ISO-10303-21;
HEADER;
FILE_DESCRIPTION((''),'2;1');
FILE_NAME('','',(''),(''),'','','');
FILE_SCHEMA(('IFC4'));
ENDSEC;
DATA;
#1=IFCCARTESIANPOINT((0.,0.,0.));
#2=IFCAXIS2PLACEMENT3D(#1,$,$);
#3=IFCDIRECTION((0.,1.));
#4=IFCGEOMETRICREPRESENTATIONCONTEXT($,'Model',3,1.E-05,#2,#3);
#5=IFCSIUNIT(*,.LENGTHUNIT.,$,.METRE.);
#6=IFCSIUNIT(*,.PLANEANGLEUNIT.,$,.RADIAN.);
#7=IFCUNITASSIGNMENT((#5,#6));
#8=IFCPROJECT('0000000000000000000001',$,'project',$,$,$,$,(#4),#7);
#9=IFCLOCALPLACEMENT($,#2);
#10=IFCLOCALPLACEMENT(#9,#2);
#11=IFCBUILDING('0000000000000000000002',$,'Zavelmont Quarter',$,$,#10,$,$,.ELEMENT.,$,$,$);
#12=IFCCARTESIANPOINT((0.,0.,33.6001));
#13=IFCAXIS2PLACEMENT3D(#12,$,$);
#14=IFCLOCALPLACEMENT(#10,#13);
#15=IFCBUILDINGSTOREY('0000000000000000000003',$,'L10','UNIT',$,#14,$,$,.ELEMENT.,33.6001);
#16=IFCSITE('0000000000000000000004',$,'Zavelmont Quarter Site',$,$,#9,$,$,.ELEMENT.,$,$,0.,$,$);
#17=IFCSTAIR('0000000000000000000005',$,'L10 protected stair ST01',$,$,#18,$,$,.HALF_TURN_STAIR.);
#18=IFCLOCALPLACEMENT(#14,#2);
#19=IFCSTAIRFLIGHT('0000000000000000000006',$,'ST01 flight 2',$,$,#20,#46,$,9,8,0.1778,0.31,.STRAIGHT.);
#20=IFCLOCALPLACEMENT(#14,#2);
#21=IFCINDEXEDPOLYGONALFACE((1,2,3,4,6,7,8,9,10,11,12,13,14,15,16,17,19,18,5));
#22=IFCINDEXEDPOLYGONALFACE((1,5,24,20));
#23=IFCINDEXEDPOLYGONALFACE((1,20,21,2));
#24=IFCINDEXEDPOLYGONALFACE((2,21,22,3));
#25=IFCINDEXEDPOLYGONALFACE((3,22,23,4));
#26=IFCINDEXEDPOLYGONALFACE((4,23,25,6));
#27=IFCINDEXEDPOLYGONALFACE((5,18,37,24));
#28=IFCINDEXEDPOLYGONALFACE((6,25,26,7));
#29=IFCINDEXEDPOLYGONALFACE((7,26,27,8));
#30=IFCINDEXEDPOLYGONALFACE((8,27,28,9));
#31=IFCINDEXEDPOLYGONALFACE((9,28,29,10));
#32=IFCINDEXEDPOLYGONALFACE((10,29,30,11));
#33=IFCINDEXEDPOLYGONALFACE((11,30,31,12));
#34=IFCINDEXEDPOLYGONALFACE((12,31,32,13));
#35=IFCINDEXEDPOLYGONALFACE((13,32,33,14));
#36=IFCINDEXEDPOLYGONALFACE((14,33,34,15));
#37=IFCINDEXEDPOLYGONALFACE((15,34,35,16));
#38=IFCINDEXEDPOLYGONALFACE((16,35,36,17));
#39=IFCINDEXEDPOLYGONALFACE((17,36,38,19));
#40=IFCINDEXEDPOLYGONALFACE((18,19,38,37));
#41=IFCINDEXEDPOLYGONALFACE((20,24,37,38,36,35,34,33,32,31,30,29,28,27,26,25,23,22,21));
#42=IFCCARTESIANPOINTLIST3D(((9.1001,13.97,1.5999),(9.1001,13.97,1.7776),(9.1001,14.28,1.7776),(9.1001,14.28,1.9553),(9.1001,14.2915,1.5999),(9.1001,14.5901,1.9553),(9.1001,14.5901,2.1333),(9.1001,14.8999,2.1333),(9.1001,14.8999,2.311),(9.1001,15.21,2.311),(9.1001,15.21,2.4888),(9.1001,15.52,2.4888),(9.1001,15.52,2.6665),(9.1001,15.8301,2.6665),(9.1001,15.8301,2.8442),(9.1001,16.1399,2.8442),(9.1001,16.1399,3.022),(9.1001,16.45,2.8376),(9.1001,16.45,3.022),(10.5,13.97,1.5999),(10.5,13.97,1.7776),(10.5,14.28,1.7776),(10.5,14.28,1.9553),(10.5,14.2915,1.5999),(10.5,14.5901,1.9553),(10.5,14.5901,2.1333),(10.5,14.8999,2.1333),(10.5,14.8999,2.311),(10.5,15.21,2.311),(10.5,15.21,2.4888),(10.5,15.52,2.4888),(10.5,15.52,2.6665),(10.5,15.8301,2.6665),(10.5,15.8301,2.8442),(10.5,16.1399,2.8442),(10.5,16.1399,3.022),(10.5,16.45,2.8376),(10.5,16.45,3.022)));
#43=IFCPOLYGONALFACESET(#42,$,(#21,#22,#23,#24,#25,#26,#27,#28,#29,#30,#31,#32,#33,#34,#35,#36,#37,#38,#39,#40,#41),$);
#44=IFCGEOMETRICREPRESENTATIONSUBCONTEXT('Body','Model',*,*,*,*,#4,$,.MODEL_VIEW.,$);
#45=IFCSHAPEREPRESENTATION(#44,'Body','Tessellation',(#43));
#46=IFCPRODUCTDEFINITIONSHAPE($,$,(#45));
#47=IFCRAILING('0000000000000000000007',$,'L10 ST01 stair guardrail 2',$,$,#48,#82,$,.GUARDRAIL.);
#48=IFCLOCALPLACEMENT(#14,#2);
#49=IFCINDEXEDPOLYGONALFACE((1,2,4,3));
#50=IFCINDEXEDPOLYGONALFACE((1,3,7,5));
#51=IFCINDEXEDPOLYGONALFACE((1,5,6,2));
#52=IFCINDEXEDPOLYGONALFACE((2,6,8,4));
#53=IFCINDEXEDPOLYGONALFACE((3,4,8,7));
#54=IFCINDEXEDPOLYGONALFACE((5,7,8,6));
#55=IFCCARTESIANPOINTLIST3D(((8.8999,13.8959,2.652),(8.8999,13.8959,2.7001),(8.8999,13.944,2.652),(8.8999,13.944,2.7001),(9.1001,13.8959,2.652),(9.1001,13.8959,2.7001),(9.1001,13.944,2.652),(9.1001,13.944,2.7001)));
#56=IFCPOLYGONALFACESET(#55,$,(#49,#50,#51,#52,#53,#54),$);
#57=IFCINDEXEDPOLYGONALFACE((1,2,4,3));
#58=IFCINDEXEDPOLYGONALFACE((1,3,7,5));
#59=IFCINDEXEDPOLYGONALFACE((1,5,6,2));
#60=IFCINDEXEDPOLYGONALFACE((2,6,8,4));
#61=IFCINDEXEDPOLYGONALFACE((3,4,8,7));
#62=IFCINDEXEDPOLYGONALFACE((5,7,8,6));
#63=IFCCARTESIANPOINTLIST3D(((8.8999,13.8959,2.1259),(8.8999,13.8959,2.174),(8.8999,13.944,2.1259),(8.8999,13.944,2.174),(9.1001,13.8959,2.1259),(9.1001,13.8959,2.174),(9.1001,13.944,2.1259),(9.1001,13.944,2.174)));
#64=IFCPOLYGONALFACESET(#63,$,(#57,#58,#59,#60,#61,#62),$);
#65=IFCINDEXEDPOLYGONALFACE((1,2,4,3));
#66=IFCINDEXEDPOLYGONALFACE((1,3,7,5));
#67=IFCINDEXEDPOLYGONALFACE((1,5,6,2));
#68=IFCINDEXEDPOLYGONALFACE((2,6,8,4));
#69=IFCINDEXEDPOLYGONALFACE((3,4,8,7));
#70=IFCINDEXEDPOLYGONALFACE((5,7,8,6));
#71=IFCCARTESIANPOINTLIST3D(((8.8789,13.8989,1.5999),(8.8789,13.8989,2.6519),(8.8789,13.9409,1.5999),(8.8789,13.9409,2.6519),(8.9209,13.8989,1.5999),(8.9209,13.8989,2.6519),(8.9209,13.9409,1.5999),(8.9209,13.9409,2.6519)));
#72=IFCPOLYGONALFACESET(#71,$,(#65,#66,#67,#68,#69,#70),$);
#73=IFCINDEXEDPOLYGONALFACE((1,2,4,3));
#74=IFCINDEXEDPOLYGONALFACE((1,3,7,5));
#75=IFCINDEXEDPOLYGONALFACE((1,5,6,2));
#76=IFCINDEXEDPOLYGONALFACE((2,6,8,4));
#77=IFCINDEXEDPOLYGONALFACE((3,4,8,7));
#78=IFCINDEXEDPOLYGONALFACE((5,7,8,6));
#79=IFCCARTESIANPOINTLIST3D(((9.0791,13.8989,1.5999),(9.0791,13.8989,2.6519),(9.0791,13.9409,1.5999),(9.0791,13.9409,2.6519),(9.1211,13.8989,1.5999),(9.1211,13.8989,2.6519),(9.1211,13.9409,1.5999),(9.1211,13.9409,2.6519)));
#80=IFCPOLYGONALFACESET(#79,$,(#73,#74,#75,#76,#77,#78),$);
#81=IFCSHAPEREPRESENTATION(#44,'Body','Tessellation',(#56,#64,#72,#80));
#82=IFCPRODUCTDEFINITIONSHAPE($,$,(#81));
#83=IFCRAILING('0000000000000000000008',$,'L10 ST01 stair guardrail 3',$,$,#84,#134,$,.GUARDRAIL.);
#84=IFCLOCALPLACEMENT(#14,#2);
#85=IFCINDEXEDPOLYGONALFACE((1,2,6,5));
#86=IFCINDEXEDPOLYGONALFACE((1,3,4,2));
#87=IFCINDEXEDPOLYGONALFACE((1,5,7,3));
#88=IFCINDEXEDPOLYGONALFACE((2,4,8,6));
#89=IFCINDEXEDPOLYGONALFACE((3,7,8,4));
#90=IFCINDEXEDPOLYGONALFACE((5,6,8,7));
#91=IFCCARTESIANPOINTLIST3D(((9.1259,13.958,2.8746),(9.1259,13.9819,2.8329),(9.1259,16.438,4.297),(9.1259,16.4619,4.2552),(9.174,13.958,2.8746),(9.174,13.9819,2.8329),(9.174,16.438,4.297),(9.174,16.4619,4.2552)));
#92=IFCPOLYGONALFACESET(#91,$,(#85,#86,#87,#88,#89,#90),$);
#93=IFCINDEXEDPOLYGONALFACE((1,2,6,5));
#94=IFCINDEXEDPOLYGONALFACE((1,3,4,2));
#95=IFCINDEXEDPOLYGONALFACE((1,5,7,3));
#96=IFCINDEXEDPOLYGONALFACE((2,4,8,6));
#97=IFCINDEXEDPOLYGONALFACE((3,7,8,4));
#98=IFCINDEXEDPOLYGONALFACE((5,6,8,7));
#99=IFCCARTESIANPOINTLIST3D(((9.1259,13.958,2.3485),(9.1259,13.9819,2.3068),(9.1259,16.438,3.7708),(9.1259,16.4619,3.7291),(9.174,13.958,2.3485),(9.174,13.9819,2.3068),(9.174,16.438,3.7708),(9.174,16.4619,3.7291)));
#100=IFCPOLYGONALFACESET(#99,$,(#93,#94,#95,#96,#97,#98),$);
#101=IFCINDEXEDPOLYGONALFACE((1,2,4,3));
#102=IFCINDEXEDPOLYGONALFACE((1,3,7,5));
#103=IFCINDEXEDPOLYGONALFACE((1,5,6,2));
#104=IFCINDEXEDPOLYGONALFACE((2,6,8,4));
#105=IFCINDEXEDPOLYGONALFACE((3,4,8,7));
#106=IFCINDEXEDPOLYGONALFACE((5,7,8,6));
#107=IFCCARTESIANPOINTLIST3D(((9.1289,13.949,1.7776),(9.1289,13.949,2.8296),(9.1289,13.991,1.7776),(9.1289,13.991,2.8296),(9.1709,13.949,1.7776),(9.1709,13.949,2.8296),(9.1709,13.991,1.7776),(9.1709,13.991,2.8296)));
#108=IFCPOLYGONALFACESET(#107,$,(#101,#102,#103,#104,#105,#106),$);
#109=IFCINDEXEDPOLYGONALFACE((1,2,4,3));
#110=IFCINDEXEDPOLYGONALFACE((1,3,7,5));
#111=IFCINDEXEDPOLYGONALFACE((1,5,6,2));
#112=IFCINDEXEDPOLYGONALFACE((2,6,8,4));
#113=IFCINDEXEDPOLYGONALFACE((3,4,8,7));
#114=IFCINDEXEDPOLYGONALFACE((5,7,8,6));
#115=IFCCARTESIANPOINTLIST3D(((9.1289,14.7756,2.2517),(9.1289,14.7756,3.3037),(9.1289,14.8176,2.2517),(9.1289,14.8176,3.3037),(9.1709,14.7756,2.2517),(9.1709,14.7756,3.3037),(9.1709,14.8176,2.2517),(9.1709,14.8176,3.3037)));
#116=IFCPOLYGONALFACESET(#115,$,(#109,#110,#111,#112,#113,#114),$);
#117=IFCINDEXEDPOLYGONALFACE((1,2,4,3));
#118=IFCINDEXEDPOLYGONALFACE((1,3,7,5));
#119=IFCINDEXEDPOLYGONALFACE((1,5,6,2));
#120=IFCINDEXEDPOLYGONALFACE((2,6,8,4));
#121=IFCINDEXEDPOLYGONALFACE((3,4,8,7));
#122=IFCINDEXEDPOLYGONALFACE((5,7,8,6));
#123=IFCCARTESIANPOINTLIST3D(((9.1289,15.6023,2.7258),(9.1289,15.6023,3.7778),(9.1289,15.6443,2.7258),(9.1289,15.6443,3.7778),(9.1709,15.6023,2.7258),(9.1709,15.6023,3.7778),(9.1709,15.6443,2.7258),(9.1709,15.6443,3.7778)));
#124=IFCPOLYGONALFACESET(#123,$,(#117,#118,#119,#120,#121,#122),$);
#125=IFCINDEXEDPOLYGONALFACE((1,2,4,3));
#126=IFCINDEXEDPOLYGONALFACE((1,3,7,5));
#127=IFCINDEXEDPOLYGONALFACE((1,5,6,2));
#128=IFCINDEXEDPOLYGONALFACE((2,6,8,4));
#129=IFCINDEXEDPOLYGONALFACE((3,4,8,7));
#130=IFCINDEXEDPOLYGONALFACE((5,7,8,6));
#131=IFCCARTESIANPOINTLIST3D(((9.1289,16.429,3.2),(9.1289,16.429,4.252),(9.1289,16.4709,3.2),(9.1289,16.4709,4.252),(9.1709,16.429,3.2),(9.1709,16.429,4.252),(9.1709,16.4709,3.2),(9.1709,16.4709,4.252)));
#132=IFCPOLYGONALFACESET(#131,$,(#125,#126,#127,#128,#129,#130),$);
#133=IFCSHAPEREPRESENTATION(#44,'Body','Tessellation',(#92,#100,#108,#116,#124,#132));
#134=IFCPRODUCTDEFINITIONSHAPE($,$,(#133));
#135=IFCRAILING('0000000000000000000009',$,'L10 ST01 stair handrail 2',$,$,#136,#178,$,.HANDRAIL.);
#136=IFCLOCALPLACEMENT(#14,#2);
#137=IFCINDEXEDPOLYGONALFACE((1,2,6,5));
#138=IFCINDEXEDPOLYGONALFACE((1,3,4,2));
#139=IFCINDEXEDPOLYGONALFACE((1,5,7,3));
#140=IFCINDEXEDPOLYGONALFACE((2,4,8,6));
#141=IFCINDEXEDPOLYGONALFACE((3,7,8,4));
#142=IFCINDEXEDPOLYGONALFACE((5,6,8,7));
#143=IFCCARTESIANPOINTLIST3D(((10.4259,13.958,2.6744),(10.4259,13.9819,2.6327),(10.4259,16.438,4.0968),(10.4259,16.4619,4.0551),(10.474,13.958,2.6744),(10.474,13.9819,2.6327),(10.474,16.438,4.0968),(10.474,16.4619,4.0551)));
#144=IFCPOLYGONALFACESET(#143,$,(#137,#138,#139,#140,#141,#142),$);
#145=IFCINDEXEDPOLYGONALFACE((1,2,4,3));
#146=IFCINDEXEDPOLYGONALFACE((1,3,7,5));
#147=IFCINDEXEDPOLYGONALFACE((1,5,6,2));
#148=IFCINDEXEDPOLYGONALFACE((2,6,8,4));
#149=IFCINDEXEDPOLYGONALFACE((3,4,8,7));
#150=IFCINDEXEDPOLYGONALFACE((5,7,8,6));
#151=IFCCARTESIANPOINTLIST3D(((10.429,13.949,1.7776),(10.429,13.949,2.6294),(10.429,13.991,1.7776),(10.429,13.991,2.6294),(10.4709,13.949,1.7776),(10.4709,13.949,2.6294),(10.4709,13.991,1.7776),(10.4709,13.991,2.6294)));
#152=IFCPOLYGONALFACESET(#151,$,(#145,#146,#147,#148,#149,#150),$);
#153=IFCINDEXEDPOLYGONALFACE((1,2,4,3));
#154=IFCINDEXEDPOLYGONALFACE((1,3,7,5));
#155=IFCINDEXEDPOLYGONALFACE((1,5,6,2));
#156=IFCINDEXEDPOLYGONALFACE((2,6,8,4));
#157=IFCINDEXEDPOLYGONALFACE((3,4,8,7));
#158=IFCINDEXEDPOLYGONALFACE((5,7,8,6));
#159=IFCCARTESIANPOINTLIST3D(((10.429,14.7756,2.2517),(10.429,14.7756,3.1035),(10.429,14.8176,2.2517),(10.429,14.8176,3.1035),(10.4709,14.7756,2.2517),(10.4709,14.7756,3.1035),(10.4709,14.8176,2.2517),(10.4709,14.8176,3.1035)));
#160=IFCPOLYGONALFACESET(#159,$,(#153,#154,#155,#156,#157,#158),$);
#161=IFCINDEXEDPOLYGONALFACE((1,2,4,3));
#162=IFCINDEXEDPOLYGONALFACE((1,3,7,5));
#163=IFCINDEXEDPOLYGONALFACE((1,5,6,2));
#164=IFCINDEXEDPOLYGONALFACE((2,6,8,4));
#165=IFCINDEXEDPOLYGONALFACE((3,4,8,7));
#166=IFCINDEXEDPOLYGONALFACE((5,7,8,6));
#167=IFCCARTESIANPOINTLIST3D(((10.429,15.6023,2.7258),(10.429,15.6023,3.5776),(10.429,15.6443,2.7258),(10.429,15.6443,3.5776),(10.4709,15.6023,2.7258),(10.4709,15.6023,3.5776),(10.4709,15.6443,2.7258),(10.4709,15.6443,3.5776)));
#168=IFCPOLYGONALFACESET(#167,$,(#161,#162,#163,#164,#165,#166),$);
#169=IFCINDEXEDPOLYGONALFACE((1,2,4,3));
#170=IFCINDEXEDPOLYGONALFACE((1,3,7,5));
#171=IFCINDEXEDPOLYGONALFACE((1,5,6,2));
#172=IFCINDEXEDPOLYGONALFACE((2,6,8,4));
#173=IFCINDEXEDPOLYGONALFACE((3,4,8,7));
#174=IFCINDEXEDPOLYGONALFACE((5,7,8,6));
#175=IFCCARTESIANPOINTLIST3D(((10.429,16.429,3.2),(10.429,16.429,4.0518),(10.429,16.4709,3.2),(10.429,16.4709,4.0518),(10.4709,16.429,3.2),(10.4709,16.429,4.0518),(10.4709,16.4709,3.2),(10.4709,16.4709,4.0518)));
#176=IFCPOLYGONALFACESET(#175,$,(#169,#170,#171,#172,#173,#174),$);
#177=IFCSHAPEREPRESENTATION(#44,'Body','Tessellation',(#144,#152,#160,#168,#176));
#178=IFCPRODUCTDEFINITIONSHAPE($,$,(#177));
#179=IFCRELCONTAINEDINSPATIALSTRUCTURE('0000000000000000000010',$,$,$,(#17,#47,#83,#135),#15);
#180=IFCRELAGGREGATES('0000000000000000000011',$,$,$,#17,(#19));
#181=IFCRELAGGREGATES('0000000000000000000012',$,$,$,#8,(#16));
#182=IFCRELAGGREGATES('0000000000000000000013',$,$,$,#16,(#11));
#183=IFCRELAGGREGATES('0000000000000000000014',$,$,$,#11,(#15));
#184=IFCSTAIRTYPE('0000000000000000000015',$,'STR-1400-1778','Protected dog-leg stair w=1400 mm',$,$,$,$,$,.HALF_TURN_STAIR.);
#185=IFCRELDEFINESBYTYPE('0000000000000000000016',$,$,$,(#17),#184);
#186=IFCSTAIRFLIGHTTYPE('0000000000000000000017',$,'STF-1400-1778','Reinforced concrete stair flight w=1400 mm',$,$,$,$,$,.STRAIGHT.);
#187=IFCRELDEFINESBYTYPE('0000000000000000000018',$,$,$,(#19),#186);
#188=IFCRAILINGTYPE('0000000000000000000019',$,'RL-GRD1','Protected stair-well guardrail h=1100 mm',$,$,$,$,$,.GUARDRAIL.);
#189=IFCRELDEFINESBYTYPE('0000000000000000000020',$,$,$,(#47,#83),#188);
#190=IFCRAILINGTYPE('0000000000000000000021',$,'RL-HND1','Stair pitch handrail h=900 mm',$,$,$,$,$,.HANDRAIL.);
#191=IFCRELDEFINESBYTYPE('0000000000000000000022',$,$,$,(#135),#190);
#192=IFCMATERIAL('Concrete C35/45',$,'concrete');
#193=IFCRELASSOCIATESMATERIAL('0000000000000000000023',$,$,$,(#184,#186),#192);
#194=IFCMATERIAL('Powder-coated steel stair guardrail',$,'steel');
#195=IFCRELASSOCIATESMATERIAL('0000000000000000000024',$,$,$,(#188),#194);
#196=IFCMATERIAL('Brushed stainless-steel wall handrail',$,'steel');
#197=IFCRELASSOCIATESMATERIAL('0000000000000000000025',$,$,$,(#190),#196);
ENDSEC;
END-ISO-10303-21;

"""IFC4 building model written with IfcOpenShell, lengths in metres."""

from ifc_helpers import new_model, si_unit, direction, frame, origin, origin_2d, place, context, subcontext, project, spatial, polyline, rectangle, outline, extrude, material, type_object, element, aggregate, save


model = new_model("IFC4")

# Units and contexts
model_context = context("Model", 3, precision=1e-05, world=origin(), true_north=direction((0.0, 1.0)))
body_context = subcontext(model_context, "Body", "Model", "MODEL_VIEW")
ifc_project = project(units=[si_unit("LENGTHUNIT", "METRE"), si_unit("PLANEANGLEUNIT", "RADIAN")], contexts=[model_context])

# Site, building, storey
site_placement = place(None, origin())
site = spatial("IfcSite", under=ifc_project, at=site_placement, Name="Zavelmont Quarter Site", CompositionType="ELEMENT", RefElevation=0.0)
building_placement = place(site_placement, origin())
building = spatial("IfcBuilding", under=site, at=building_placement, Name="Zavelmont Quarter", CompositionType="ELEMENT")
storey_placement = place(building_placement, frame((0.0, 0.0, 33.6001)))
storey = spatial("IfcBuildingStorey", under=building, at=storey_placement, Name="L10", Description="UNIT", CompositionType="ELEMENT", Elevation=33.6001)

# Shared definitions
ifc_material_1 = material(Name="Concrete C35/45", Category="concrete")

# Stair, stair flight
stair_type = type_object("IfcStairType", Name="STR-1400-1778", Description="Protected dog-leg stair w=1400 mm", PredefinedType="HALF_TURN_STAIR", material=ifc_material_1)
stair_placement = place(storey_placement, origin())
stair = element("IfcStair", 1, at=stair_placement, inside=storey, type_object=stair_type, Name="L10 protected stair ST01", PredefinedType="HALF_TURN_STAIR")
stair_flight_type = type_object("IfcStairFlightType", Name="STF-1400-1778", Description="Reinforced concrete stair flight w=1400 mm", PredefinedType="STRAIGHT", material=ifc_material_1)
stair_flight_placement = place(storey_placement, frame((9.8, 13.97, 1.5999), z_axis=(0.0, 0.0, 1.0), x_axis=(0.0, 1.0, 0.0)))
stair_flight = element("IfcStairFlight", 2, at=stair_flight_placement, type_object=stair_flight_type, Name="ST01 flight 2", NumberOfRisers=9, NumberOfTreads=8, PredefinedType="STRAIGHT", RiserHeight=0.1778, TreadLength=0.31, context=body_context, shape_type="SweptSolid", body=[
    extrude(outline(polyline([(0.0, 0.0), (0.0, 0.1777), (0.3101, 0.1777), (0.3101, 0.3555), (0.6201, 0.3555), (0.6201, 0.5334), (0.9299, 0.5334), (0.9299, 0.7112), (1.24, 0.7112), (1.24, 0.8889), (1.55, 0.8889), (1.55, 1.0667), (1.8601, 1.0667), (1.8601, 1.2444), (2.1699, 1.2444), (2.1699, 1.4221), (2.48, 1.4221), (2.48, 1.6001), (2.48, 1.2378), (0.3215, 0.0), (0.0, 0.0)])), frame((0.0, 0.7, 0.0), z_axis=(0.0, -1.0, 0.0), x_axis=(1.0, 0.0, 0.0)), (0.0, 0.0, 1.0), 1.3999),
])
aggregate(stair, [stair_flight])

# Railings
ifc_material_2 = material(Name="Powder-coated steel stair guardrail", Category="steel")
railing_type_1 = type_object("IfcRailingType", Name="RL-GRD1", Description="Protected stair-well guardrail h=1100 mm", PredefinedType="GUARDRAIL", material=ifc_material_2)
railing_1_placement = place(storey_placement, frame((8.8999, 13.9199, 1.5999)))
element("IfcRailing", 3, at=railing_1_placement, inside=storey, type_object=railing_type_1, Name="L10 ST01 stair guardrail 2", PredefinedType="GUARDRAIL", context=body_context, shape_type="SweptSolid", body=[
    extrude(rectangle(XDim=0.0481, YDim=0.0481, at=origin_2d()), frame((0.0, 0.0, 1.0762), z_axis=(1.0, 0.0, 0.0), x_axis=(0.0, 1.0, 0.0)), (0.0, 0.0, 1.0), 0.2002),
    extrude(rectangle(XDim=0.0481, YDim=0.0481, at=origin_2d()), frame((0.0, 0.0, 0.55), z_axis=(1.0, 0.0, 0.0), x_axis=(0.0, 1.0, 0.0)), (0.0, 0.0, 1.0), 0.2002),
    extrude(rectangle(XDim=0.042, YDim=0.042, at=origin_2d()), origin(), (0.0, 0.0, 1.0), 1.052),
    extrude(rectangle(XDim=0.042, YDim=0.042, at=origin_2d()), frame((0.2002, 0.0, 0.0)), (0.0, 0.0, 1.0), 1.052),
])
railing_2_placement = place(storey_placement, frame((9.1499, 13.97, 1.7776)))
element("IfcRailing", 4, at=railing_2_placement, inside=storey, type_object=railing_type_1, Name="L10 ST01 stair guardrail 3", PredefinedType="GUARDRAIL", context=body_context, shape_type="SweptSolid", body=[
    extrude(rectangle(XDim=0.0481, YDim=0.0481, at=origin_2d()), frame((0.0, 0.0, 1.0762), z_axis=(0.0, 0.867454, 0.497518), x_axis=(-1.0, 0.0, 0.0)), (0.0, 0.0, 1.0), 2.8589),
    extrude(rectangle(XDim=0.0481, YDim=0.0481, at=origin_2d()), frame((0.0, 0.0, 0.55), z_axis=(0.0, 0.867454, 0.497518), x_axis=(-1.0, 0.0, 0.0)), (0.0, 0.0, 1.0), 2.8589),
    extrude(rectangle(XDim=0.042, YDim=0.042, at=origin_2d()), origin(), (0.0, 0.0, 1.0), 1.052),
    extrude(rectangle(XDim=0.042, YDim=0.042, at=origin_2d()), frame((0.0, 0.8267, 0.4741)), (0.0, 0.0, 1.0), 1.052),
    extrude(rectangle(XDim=0.042, YDim=0.042, at=origin_2d()), frame((0.0, 1.6533, 0.9482)), (0.0, 0.0, 1.0), 1.052),
    extrude(rectangle(XDim=0.042, YDim=0.042, at=origin_2d()), frame((0.0, 2.48, 1.4224)), (0.0, 0.0, 1.0), 1.052),
])
ifc_material_3 = material(Name="Brushed stainless-steel wall handrail", Category="steel")
railing_type_2 = type_object("IfcRailingType", Name="RL-HND1", Description="Stair pitch handrail h=900 mm", PredefinedType="HANDRAIL", material=ifc_material_3)
railing_3_placement = place(storey_placement, frame((10.45, 13.97, 1.7776)))
element("IfcRailing", 5, at=railing_3_placement, inside=storey, type_object=railing_type_2, Name="L10 ST01 stair handrail 2", PredefinedType="HANDRAIL", context=body_context, shape_type="SweptSolid", body=[
    extrude(rectangle(XDim=0.0481, YDim=0.0481, at=origin_2d()), frame((0.0, 0.0, 0.876), z_axis=(0.0, 0.867454, 0.497518), x_axis=(-1.0, 0.0, 0.0)), (0.0, 0.0, 1.0), 2.8589),
    extrude(rectangle(XDim=0.042, YDim=0.042, at=origin_2d()), origin(), (0.0, 0.0, 1.0), 0.8518),
    extrude(rectangle(XDim=0.042, YDim=0.042, at=origin_2d()), frame((0.0, 0.8267, 0.4741)), (0.0, 0.0, 1.0), 0.8518),
    extrude(rectangle(XDim=0.042, YDim=0.042, at=origin_2d()), frame((0.0, 1.6533, 0.9482)), (0.0, 0.0, 1.0), 0.8518),
    extrude(rectangle(XDim=0.042, YDim=0.042, at=origin_2d()), frame((0.0, 2.48, 1.4224)), (0.0, 0.0, 1.0), 0.8518),
])

save(model, "model.ifc")
